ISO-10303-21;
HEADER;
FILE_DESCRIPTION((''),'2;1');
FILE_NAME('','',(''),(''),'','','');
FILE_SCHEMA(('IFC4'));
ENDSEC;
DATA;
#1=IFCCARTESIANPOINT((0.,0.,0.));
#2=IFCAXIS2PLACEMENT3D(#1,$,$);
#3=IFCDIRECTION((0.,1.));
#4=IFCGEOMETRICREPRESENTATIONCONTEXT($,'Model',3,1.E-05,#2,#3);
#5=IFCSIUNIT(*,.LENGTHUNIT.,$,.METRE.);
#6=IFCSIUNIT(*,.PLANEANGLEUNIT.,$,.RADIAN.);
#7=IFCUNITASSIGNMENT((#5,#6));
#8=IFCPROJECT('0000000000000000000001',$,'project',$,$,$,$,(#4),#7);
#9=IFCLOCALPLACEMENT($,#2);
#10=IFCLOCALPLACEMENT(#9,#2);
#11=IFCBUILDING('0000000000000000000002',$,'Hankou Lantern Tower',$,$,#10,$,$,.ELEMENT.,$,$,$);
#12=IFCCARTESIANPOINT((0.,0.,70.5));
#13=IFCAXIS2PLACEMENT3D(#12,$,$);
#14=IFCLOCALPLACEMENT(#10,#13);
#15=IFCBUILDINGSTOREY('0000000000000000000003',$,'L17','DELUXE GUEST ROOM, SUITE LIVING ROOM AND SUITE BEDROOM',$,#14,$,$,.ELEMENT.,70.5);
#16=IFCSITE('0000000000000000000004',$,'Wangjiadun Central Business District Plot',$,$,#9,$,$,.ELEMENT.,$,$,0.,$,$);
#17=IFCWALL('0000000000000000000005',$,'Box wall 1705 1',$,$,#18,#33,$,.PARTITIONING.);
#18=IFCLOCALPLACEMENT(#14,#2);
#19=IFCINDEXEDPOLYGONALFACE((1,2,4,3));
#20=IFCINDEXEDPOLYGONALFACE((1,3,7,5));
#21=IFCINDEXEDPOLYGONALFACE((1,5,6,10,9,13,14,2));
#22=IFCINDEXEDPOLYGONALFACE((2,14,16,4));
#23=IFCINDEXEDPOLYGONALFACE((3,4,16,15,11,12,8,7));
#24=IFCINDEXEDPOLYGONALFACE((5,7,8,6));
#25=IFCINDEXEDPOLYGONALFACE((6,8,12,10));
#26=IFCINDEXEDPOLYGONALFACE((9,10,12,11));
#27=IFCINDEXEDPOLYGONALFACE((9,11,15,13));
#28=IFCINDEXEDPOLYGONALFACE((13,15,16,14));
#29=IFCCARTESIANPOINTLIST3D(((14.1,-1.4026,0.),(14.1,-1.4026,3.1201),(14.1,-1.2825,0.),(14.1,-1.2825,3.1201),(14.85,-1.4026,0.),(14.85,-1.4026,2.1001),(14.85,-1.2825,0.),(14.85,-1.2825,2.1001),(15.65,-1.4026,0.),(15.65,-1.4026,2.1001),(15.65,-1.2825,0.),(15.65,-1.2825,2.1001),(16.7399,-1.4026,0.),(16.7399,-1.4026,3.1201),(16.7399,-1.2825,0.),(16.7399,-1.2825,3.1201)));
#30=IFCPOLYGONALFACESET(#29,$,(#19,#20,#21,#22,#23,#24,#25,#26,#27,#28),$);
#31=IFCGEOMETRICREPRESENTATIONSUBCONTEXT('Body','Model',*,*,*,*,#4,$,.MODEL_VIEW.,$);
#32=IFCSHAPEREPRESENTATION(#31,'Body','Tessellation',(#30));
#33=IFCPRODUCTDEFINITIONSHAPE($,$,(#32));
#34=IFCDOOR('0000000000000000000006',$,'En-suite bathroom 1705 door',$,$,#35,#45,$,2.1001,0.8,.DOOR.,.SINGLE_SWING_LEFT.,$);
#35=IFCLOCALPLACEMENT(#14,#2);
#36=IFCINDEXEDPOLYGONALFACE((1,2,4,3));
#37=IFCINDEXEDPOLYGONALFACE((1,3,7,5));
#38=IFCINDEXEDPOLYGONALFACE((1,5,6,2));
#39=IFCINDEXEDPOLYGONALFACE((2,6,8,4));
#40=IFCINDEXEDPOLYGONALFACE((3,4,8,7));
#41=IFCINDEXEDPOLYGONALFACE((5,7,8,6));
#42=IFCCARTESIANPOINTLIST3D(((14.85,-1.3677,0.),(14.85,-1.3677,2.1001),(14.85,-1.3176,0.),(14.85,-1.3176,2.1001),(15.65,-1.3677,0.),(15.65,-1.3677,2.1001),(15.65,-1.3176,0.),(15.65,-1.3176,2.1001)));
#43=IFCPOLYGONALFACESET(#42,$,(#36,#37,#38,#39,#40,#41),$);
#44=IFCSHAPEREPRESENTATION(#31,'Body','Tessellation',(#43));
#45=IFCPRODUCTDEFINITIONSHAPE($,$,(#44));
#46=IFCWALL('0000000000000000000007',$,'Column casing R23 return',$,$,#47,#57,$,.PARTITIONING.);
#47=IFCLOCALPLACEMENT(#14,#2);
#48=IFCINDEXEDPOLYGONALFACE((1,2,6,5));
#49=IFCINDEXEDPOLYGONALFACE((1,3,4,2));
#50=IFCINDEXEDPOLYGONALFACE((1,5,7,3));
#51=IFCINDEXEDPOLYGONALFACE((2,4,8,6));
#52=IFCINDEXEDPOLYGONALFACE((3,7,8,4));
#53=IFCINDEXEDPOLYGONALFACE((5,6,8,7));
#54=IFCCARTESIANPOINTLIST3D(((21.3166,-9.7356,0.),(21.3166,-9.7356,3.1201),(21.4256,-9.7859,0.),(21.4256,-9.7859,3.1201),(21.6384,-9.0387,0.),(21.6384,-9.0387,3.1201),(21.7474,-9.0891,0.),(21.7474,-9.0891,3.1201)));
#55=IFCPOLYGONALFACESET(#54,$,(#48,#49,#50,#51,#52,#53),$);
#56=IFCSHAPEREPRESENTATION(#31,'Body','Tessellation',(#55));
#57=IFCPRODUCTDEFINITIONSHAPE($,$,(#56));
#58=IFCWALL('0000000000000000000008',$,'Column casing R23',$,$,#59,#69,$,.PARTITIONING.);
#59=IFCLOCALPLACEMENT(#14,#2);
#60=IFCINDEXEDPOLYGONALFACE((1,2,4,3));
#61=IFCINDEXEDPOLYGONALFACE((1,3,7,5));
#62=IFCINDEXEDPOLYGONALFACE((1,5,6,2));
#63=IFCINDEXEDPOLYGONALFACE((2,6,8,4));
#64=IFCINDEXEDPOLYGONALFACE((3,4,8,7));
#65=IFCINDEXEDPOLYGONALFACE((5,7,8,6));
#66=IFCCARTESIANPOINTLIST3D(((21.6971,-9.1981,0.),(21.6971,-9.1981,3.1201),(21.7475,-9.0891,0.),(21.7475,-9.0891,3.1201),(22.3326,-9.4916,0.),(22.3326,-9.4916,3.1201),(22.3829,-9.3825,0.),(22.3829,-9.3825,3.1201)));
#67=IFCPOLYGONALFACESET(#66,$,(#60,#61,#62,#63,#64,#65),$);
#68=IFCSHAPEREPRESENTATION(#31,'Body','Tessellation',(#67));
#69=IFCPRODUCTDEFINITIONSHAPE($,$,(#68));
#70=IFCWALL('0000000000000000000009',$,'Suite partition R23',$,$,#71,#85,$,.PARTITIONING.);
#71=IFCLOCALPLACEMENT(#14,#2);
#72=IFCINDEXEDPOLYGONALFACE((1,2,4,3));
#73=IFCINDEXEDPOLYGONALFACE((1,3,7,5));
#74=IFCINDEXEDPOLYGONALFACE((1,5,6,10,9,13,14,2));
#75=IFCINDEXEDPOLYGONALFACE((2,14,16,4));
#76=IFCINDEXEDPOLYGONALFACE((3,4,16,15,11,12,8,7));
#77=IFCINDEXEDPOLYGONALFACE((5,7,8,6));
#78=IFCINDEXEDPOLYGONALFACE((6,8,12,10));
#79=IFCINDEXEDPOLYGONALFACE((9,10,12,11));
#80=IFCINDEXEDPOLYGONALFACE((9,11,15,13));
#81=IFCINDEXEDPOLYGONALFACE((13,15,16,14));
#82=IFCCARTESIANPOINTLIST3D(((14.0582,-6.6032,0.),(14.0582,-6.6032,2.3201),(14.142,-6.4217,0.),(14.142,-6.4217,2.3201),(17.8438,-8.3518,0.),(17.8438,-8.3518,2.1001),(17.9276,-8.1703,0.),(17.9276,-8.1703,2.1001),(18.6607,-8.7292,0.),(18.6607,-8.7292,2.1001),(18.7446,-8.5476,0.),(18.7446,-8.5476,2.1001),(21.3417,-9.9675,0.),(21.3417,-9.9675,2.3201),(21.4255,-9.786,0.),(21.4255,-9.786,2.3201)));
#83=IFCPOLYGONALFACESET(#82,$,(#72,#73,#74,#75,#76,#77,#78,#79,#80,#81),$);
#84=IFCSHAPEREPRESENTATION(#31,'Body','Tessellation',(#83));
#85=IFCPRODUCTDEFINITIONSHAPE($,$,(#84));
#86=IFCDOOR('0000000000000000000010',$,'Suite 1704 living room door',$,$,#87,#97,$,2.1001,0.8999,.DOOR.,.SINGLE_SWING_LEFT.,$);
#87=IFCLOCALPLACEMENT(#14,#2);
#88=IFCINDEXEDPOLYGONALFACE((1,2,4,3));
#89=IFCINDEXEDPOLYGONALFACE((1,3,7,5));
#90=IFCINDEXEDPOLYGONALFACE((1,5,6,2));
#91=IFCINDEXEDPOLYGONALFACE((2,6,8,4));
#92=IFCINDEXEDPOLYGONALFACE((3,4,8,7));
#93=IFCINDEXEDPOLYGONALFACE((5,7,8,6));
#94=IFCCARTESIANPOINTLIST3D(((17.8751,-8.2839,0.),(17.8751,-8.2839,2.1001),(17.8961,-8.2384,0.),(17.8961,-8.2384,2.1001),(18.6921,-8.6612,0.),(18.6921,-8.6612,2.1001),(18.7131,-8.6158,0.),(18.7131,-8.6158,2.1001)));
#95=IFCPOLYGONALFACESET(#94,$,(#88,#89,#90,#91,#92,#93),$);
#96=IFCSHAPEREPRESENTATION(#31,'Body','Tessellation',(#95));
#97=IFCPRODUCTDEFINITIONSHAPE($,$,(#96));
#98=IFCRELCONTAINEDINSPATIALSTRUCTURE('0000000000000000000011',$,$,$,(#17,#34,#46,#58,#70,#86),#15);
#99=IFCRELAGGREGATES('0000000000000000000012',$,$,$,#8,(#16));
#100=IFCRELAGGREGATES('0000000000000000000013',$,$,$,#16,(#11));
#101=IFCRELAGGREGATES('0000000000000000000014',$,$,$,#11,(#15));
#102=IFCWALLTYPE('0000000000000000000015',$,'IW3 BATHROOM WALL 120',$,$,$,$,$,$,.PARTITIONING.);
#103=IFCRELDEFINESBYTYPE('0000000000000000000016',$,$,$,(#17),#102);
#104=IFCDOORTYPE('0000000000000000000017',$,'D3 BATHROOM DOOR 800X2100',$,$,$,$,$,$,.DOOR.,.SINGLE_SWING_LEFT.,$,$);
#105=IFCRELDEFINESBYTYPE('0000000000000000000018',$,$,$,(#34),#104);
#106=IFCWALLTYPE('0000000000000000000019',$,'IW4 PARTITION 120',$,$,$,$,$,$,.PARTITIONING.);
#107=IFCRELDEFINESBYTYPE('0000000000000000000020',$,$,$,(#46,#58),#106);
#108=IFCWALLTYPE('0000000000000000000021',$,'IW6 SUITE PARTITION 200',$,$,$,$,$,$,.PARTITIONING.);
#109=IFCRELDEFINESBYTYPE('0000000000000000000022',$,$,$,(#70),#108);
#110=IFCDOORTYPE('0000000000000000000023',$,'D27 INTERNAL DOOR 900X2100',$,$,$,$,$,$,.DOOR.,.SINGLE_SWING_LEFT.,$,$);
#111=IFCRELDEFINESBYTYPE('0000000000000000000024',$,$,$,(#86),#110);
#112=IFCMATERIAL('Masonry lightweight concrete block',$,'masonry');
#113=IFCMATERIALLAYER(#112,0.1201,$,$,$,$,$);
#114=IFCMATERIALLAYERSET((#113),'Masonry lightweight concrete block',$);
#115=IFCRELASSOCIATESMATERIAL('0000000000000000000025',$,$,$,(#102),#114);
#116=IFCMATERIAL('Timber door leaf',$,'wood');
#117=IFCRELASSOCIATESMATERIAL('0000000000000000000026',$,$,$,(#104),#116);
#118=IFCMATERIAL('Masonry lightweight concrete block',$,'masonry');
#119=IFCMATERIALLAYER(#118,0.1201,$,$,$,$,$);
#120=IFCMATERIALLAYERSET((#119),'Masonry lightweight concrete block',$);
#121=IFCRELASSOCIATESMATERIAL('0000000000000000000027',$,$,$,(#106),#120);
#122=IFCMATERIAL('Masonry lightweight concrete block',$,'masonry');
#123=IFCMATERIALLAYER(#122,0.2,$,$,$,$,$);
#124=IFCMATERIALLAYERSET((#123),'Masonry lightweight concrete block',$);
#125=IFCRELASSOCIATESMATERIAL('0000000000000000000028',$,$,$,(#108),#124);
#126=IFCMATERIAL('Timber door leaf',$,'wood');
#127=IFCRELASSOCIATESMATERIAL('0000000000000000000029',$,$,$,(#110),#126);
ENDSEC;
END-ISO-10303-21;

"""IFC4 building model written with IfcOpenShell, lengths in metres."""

from ifc_helpers import new_model, si_unit, direction, frame, frame_2d, origin, place, context, subcontext, project, spatial, rectangle, extrude, material, layer, layer_set, type_object, element, fill, save


model = new_model("IFC4")

# Units and contexts
model_context = context("Model", 3, precision=1e-05, world=origin(), true_north=direction((0.0, 1.0)))
body_context = subcontext(model_context, "Body", "Model", "MODEL_VIEW")
ifc_project = project(units=[si_unit("LENGTHUNIT", "METRE"), si_unit("PLANEANGLEUNIT", "RADIAN")], contexts=[model_context])

# Site, building, storey
site_placement = place(None, origin())
site = spatial("IfcSite", under=ifc_project, at=site_placement, Name="Wangjiadun Central Business District Plot", CompositionType="ELEMENT", RefElevation=0.0)
building_placement = place(site_placement, origin())
building = spatial("IfcBuilding", under=site, at=building_placement, Name="Hankou Lantern Tower", CompositionType="ELEMENT")
storey_placement = place(building_placement, frame((0.0, 0.0, 70.5)))
storey = spatial("IfcBuildingStorey", under=building, at=storey_placement, Name="L17", Description="DELUXE GUEST ROOM, SUITE LIVING ROOM AND SUITE BEDROOM", CompositionType="ELEMENT", Elevation=70.5)

# Shared definitions
ifc_material_1 = material(Name="Masonry lightweight concrete block", Category="masonry")
ifc_layer_1 = layer(ifc_material_1, 0.1201)
ifc_layer_set_1 = layer_set([ifc_layer_1], Name="Masonry lightweight concrete block")
wall_type_1 = type_object("IfcWallType", Name="IW3 BATHROOM WALL 120", PredefinedType="PARTITIONING", material=ifc_layer_set_1)

# Shared definitions
ifc_material_2 = material(Name="Timber door leaf", Category="wood")
door_type_1 = type_object("IfcDoorType", Name="D3 BATHROOM DOOR 800X2100", OperationType="SINGLE_SWING_LEFT", PredefinedType="DOOR", material=ifc_material_2)

# Wall, opening, door
wall_1_placement = place(storey_placement, frame((14.1001, -1.3425, 0.0), z_axis=(0.0, 0.0, 1.0), x_axis=(1.0, 0.0, 0.0)))
wall_1 = element("IfcWall", 1, at=wall_1_placement, inside=storey, type_object=wall_type_1, Name="Box wall 1705 1", PredefinedType="PARTITIONING", context=body_context, shape_type="SweptSolid", body=[
    extrude(rectangle(XDim=2.6399, YDim=0.1201, at=frame_2d((1.3198, 0.0))), origin(), (0.0, 0.0, 1.0), 3.1201),
])
opening_1_placement = place(wall_1_placement, frame((0.75, 0.0, 0.0)))
opening_1 = element("IfcOpeningElement", 2, at=opening_1_placement, cuts=wall_1, PredefinedType="OPENING", context=body_context, shape_type="SweptSolid", body=[
    extrude(rectangle(XDim=0.8, YDim=2.1001, at=frame_2d((0.3999, 1.05))), frame((0.0, 0.0701, 0.0), z_axis=(0.0, -1.0, 0.0), x_axis=(1.0, 0.0, 0.0)), (0.0, 0.0, 1.0), 0.1401),
])
door_1_placement = place(opening_1_placement, origin())
door_1 = element("IfcDoor", 3, at=door_1_placement, inside=storey, type_object=door_type_1, Name="En-suite bathroom 1705 door", OperationType="SINGLE_SWING_LEFT", OverallHeight=2.1001, OverallWidth=0.8, PredefinedType="DOOR", context=body_context, shape_type="SweptSolid", body=[
    extrude(rectangle(XDim=0.8, YDim=2.1001, at=frame_2d((0.3999, 1.05))), frame((0.0, 0.0249, 0.0), z_axis=(0.0, -1.0, 0.0), x_axis=(1.0, 0.0, 0.0)), (0.0, 0.0, 1.0), 0.05),
])
fill(opening_1, door_1)

# Walls
ifc_material_3 = material(Name="Masonry lightweight concrete block", Category="masonry")
ifc_layer_2 = layer(ifc_material_3, 0.1201)
ifc_layer_set_2 = layer_set([ifc_layer_2], Name="Masonry lightweight concrete block")
wall_type_2 = type_object("IfcWallType", Name="IW4 PARTITION 120", PredefinedType="PARTITIONING", material=ifc_layer_set_2)
wall_2_placement = place(storey_placement, frame((21.3711, -9.7607, 0.0), z_axis=(0.0, 0.0, 1.0), x_axis=(0.41926, 0.907866, 0.0)))
element("IfcWall", 4, at=wall_2_placement, inside=storey, type_object=wall_type_2, Name="Column casing R23 return", PredefinedType="PARTITIONING", context=body_context, shape_type="SweptSolid", body=[
    extrude(rectangle(XDim=0.7676, YDim=0.1201, at=frame_2d((0.3838, 0.0))), origin(), (0.0, 0.0, 1.0), 3.1201),
])
wall_3_placement = place(storey_placement, frame((21.7222, -9.1436, 0.0), z_axis=(0.0, 0.0, 1.0), x_axis=(0.907878, -0.419235, 0.0)))
element("IfcWall", 5, at=wall_3_placement, inside=storey, type_object=wall_type_2, Name="Column casing R23", PredefinedType="PARTITIONING", context=body_context, shape_type="SweptSolid", body=[
    extrude(rectangle(XDim=0.7, YDim=0.1201, at=frame_2d((0.3501, 0.0))), origin(), (0.0, 0.0, 1.0), 3.1201),
])

# Wall, opening, door
ifc_material_4 = material(Name="Masonry lightweight concrete block", Category="masonry")
ifc_layer_3 = layer(ifc_material_4, 0.2)
ifc_layer_set_3 = layer_set([ifc_layer_3], Name="Masonry lightweight concrete block")
wall_type_3 = type_object("IfcWallType", Name="IW6 SUITE PARTITION 200", PredefinedType="PARTITIONING", material=ifc_layer_set_3)
wall_4_placement = place(storey_placement, frame((14.1001, -6.5125, 0.0), z_axis=(0.0, 0.0, 1.0), x_axis=(0.907833, -0.419332, 0.0)))
wall_4 = element("IfcWall", 6, at=wall_4_placement, inside=storey, type_object=wall_type_3, Name="Suite partition R23", PredefinedType="PARTITIONING", context=body_context, shape_type="SweptSolid", body=[
    extrude(rectangle(XDim=8.0229, YDim=0.2, at=frame_2d((4.0115, 0.0))), origin(), (0.0, 0.0, 1.0), 2.3201),
])
opening_2_placement = place(wall_4_placement, frame((4.1699, 0.0, 0.0)))
opening_2 = element("IfcOpeningElement", 7, at=opening_2_placement, cuts=wall_4, PredefinedType="OPENING", context=body_context, shape_type="SweptSolid", body=[
    extrude(rectangle(XDim=0.8999, YDim=2.1001, at=frame_2d((0.45, 1.05))), frame((0.0, 0.1099, 0.0), z_axis=(0.0, -1.0, 0.0), x_axis=(1.0, 0.0, 0.0)), (0.0, 0.0, 1.0), 0.22),
])
ifc_material_5 = material(Name="Timber door leaf", Category="wood")
door_type_2 = type_object("IfcDoorType", Name="D27 INTERNAL DOOR 900X2100", OperationType="SINGLE_SWING_LEFT", PredefinedType="DOOR", material=ifc_material_5)
door_2_placement = place(opening_2_placement, origin())
door_2 = element("IfcDoor", 8, at=door_2_placement, inside=storey, type_object=door_type_2, Name="Suite 1704 living room door", OperationType="SINGLE_SWING_LEFT", OverallHeight=2.1001, OverallWidth=0.8999, PredefinedType="DOOR", context=body_context, shape_type="SweptSolid", body=[
    extrude(rectangle(XDim=0.8999, YDim=2.1001, at=frame_2d((0.45, 1.05))), frame((0.0, 0.0249, 0.0), z_axis=(0.0, -1.0, 0.0), x_axis=(1.0, 0.0, 0.0)), (0.0, 0.0, 1.0), 0.05),
])
fill(opening_2, door_2)

save(model, "model.ifc")
